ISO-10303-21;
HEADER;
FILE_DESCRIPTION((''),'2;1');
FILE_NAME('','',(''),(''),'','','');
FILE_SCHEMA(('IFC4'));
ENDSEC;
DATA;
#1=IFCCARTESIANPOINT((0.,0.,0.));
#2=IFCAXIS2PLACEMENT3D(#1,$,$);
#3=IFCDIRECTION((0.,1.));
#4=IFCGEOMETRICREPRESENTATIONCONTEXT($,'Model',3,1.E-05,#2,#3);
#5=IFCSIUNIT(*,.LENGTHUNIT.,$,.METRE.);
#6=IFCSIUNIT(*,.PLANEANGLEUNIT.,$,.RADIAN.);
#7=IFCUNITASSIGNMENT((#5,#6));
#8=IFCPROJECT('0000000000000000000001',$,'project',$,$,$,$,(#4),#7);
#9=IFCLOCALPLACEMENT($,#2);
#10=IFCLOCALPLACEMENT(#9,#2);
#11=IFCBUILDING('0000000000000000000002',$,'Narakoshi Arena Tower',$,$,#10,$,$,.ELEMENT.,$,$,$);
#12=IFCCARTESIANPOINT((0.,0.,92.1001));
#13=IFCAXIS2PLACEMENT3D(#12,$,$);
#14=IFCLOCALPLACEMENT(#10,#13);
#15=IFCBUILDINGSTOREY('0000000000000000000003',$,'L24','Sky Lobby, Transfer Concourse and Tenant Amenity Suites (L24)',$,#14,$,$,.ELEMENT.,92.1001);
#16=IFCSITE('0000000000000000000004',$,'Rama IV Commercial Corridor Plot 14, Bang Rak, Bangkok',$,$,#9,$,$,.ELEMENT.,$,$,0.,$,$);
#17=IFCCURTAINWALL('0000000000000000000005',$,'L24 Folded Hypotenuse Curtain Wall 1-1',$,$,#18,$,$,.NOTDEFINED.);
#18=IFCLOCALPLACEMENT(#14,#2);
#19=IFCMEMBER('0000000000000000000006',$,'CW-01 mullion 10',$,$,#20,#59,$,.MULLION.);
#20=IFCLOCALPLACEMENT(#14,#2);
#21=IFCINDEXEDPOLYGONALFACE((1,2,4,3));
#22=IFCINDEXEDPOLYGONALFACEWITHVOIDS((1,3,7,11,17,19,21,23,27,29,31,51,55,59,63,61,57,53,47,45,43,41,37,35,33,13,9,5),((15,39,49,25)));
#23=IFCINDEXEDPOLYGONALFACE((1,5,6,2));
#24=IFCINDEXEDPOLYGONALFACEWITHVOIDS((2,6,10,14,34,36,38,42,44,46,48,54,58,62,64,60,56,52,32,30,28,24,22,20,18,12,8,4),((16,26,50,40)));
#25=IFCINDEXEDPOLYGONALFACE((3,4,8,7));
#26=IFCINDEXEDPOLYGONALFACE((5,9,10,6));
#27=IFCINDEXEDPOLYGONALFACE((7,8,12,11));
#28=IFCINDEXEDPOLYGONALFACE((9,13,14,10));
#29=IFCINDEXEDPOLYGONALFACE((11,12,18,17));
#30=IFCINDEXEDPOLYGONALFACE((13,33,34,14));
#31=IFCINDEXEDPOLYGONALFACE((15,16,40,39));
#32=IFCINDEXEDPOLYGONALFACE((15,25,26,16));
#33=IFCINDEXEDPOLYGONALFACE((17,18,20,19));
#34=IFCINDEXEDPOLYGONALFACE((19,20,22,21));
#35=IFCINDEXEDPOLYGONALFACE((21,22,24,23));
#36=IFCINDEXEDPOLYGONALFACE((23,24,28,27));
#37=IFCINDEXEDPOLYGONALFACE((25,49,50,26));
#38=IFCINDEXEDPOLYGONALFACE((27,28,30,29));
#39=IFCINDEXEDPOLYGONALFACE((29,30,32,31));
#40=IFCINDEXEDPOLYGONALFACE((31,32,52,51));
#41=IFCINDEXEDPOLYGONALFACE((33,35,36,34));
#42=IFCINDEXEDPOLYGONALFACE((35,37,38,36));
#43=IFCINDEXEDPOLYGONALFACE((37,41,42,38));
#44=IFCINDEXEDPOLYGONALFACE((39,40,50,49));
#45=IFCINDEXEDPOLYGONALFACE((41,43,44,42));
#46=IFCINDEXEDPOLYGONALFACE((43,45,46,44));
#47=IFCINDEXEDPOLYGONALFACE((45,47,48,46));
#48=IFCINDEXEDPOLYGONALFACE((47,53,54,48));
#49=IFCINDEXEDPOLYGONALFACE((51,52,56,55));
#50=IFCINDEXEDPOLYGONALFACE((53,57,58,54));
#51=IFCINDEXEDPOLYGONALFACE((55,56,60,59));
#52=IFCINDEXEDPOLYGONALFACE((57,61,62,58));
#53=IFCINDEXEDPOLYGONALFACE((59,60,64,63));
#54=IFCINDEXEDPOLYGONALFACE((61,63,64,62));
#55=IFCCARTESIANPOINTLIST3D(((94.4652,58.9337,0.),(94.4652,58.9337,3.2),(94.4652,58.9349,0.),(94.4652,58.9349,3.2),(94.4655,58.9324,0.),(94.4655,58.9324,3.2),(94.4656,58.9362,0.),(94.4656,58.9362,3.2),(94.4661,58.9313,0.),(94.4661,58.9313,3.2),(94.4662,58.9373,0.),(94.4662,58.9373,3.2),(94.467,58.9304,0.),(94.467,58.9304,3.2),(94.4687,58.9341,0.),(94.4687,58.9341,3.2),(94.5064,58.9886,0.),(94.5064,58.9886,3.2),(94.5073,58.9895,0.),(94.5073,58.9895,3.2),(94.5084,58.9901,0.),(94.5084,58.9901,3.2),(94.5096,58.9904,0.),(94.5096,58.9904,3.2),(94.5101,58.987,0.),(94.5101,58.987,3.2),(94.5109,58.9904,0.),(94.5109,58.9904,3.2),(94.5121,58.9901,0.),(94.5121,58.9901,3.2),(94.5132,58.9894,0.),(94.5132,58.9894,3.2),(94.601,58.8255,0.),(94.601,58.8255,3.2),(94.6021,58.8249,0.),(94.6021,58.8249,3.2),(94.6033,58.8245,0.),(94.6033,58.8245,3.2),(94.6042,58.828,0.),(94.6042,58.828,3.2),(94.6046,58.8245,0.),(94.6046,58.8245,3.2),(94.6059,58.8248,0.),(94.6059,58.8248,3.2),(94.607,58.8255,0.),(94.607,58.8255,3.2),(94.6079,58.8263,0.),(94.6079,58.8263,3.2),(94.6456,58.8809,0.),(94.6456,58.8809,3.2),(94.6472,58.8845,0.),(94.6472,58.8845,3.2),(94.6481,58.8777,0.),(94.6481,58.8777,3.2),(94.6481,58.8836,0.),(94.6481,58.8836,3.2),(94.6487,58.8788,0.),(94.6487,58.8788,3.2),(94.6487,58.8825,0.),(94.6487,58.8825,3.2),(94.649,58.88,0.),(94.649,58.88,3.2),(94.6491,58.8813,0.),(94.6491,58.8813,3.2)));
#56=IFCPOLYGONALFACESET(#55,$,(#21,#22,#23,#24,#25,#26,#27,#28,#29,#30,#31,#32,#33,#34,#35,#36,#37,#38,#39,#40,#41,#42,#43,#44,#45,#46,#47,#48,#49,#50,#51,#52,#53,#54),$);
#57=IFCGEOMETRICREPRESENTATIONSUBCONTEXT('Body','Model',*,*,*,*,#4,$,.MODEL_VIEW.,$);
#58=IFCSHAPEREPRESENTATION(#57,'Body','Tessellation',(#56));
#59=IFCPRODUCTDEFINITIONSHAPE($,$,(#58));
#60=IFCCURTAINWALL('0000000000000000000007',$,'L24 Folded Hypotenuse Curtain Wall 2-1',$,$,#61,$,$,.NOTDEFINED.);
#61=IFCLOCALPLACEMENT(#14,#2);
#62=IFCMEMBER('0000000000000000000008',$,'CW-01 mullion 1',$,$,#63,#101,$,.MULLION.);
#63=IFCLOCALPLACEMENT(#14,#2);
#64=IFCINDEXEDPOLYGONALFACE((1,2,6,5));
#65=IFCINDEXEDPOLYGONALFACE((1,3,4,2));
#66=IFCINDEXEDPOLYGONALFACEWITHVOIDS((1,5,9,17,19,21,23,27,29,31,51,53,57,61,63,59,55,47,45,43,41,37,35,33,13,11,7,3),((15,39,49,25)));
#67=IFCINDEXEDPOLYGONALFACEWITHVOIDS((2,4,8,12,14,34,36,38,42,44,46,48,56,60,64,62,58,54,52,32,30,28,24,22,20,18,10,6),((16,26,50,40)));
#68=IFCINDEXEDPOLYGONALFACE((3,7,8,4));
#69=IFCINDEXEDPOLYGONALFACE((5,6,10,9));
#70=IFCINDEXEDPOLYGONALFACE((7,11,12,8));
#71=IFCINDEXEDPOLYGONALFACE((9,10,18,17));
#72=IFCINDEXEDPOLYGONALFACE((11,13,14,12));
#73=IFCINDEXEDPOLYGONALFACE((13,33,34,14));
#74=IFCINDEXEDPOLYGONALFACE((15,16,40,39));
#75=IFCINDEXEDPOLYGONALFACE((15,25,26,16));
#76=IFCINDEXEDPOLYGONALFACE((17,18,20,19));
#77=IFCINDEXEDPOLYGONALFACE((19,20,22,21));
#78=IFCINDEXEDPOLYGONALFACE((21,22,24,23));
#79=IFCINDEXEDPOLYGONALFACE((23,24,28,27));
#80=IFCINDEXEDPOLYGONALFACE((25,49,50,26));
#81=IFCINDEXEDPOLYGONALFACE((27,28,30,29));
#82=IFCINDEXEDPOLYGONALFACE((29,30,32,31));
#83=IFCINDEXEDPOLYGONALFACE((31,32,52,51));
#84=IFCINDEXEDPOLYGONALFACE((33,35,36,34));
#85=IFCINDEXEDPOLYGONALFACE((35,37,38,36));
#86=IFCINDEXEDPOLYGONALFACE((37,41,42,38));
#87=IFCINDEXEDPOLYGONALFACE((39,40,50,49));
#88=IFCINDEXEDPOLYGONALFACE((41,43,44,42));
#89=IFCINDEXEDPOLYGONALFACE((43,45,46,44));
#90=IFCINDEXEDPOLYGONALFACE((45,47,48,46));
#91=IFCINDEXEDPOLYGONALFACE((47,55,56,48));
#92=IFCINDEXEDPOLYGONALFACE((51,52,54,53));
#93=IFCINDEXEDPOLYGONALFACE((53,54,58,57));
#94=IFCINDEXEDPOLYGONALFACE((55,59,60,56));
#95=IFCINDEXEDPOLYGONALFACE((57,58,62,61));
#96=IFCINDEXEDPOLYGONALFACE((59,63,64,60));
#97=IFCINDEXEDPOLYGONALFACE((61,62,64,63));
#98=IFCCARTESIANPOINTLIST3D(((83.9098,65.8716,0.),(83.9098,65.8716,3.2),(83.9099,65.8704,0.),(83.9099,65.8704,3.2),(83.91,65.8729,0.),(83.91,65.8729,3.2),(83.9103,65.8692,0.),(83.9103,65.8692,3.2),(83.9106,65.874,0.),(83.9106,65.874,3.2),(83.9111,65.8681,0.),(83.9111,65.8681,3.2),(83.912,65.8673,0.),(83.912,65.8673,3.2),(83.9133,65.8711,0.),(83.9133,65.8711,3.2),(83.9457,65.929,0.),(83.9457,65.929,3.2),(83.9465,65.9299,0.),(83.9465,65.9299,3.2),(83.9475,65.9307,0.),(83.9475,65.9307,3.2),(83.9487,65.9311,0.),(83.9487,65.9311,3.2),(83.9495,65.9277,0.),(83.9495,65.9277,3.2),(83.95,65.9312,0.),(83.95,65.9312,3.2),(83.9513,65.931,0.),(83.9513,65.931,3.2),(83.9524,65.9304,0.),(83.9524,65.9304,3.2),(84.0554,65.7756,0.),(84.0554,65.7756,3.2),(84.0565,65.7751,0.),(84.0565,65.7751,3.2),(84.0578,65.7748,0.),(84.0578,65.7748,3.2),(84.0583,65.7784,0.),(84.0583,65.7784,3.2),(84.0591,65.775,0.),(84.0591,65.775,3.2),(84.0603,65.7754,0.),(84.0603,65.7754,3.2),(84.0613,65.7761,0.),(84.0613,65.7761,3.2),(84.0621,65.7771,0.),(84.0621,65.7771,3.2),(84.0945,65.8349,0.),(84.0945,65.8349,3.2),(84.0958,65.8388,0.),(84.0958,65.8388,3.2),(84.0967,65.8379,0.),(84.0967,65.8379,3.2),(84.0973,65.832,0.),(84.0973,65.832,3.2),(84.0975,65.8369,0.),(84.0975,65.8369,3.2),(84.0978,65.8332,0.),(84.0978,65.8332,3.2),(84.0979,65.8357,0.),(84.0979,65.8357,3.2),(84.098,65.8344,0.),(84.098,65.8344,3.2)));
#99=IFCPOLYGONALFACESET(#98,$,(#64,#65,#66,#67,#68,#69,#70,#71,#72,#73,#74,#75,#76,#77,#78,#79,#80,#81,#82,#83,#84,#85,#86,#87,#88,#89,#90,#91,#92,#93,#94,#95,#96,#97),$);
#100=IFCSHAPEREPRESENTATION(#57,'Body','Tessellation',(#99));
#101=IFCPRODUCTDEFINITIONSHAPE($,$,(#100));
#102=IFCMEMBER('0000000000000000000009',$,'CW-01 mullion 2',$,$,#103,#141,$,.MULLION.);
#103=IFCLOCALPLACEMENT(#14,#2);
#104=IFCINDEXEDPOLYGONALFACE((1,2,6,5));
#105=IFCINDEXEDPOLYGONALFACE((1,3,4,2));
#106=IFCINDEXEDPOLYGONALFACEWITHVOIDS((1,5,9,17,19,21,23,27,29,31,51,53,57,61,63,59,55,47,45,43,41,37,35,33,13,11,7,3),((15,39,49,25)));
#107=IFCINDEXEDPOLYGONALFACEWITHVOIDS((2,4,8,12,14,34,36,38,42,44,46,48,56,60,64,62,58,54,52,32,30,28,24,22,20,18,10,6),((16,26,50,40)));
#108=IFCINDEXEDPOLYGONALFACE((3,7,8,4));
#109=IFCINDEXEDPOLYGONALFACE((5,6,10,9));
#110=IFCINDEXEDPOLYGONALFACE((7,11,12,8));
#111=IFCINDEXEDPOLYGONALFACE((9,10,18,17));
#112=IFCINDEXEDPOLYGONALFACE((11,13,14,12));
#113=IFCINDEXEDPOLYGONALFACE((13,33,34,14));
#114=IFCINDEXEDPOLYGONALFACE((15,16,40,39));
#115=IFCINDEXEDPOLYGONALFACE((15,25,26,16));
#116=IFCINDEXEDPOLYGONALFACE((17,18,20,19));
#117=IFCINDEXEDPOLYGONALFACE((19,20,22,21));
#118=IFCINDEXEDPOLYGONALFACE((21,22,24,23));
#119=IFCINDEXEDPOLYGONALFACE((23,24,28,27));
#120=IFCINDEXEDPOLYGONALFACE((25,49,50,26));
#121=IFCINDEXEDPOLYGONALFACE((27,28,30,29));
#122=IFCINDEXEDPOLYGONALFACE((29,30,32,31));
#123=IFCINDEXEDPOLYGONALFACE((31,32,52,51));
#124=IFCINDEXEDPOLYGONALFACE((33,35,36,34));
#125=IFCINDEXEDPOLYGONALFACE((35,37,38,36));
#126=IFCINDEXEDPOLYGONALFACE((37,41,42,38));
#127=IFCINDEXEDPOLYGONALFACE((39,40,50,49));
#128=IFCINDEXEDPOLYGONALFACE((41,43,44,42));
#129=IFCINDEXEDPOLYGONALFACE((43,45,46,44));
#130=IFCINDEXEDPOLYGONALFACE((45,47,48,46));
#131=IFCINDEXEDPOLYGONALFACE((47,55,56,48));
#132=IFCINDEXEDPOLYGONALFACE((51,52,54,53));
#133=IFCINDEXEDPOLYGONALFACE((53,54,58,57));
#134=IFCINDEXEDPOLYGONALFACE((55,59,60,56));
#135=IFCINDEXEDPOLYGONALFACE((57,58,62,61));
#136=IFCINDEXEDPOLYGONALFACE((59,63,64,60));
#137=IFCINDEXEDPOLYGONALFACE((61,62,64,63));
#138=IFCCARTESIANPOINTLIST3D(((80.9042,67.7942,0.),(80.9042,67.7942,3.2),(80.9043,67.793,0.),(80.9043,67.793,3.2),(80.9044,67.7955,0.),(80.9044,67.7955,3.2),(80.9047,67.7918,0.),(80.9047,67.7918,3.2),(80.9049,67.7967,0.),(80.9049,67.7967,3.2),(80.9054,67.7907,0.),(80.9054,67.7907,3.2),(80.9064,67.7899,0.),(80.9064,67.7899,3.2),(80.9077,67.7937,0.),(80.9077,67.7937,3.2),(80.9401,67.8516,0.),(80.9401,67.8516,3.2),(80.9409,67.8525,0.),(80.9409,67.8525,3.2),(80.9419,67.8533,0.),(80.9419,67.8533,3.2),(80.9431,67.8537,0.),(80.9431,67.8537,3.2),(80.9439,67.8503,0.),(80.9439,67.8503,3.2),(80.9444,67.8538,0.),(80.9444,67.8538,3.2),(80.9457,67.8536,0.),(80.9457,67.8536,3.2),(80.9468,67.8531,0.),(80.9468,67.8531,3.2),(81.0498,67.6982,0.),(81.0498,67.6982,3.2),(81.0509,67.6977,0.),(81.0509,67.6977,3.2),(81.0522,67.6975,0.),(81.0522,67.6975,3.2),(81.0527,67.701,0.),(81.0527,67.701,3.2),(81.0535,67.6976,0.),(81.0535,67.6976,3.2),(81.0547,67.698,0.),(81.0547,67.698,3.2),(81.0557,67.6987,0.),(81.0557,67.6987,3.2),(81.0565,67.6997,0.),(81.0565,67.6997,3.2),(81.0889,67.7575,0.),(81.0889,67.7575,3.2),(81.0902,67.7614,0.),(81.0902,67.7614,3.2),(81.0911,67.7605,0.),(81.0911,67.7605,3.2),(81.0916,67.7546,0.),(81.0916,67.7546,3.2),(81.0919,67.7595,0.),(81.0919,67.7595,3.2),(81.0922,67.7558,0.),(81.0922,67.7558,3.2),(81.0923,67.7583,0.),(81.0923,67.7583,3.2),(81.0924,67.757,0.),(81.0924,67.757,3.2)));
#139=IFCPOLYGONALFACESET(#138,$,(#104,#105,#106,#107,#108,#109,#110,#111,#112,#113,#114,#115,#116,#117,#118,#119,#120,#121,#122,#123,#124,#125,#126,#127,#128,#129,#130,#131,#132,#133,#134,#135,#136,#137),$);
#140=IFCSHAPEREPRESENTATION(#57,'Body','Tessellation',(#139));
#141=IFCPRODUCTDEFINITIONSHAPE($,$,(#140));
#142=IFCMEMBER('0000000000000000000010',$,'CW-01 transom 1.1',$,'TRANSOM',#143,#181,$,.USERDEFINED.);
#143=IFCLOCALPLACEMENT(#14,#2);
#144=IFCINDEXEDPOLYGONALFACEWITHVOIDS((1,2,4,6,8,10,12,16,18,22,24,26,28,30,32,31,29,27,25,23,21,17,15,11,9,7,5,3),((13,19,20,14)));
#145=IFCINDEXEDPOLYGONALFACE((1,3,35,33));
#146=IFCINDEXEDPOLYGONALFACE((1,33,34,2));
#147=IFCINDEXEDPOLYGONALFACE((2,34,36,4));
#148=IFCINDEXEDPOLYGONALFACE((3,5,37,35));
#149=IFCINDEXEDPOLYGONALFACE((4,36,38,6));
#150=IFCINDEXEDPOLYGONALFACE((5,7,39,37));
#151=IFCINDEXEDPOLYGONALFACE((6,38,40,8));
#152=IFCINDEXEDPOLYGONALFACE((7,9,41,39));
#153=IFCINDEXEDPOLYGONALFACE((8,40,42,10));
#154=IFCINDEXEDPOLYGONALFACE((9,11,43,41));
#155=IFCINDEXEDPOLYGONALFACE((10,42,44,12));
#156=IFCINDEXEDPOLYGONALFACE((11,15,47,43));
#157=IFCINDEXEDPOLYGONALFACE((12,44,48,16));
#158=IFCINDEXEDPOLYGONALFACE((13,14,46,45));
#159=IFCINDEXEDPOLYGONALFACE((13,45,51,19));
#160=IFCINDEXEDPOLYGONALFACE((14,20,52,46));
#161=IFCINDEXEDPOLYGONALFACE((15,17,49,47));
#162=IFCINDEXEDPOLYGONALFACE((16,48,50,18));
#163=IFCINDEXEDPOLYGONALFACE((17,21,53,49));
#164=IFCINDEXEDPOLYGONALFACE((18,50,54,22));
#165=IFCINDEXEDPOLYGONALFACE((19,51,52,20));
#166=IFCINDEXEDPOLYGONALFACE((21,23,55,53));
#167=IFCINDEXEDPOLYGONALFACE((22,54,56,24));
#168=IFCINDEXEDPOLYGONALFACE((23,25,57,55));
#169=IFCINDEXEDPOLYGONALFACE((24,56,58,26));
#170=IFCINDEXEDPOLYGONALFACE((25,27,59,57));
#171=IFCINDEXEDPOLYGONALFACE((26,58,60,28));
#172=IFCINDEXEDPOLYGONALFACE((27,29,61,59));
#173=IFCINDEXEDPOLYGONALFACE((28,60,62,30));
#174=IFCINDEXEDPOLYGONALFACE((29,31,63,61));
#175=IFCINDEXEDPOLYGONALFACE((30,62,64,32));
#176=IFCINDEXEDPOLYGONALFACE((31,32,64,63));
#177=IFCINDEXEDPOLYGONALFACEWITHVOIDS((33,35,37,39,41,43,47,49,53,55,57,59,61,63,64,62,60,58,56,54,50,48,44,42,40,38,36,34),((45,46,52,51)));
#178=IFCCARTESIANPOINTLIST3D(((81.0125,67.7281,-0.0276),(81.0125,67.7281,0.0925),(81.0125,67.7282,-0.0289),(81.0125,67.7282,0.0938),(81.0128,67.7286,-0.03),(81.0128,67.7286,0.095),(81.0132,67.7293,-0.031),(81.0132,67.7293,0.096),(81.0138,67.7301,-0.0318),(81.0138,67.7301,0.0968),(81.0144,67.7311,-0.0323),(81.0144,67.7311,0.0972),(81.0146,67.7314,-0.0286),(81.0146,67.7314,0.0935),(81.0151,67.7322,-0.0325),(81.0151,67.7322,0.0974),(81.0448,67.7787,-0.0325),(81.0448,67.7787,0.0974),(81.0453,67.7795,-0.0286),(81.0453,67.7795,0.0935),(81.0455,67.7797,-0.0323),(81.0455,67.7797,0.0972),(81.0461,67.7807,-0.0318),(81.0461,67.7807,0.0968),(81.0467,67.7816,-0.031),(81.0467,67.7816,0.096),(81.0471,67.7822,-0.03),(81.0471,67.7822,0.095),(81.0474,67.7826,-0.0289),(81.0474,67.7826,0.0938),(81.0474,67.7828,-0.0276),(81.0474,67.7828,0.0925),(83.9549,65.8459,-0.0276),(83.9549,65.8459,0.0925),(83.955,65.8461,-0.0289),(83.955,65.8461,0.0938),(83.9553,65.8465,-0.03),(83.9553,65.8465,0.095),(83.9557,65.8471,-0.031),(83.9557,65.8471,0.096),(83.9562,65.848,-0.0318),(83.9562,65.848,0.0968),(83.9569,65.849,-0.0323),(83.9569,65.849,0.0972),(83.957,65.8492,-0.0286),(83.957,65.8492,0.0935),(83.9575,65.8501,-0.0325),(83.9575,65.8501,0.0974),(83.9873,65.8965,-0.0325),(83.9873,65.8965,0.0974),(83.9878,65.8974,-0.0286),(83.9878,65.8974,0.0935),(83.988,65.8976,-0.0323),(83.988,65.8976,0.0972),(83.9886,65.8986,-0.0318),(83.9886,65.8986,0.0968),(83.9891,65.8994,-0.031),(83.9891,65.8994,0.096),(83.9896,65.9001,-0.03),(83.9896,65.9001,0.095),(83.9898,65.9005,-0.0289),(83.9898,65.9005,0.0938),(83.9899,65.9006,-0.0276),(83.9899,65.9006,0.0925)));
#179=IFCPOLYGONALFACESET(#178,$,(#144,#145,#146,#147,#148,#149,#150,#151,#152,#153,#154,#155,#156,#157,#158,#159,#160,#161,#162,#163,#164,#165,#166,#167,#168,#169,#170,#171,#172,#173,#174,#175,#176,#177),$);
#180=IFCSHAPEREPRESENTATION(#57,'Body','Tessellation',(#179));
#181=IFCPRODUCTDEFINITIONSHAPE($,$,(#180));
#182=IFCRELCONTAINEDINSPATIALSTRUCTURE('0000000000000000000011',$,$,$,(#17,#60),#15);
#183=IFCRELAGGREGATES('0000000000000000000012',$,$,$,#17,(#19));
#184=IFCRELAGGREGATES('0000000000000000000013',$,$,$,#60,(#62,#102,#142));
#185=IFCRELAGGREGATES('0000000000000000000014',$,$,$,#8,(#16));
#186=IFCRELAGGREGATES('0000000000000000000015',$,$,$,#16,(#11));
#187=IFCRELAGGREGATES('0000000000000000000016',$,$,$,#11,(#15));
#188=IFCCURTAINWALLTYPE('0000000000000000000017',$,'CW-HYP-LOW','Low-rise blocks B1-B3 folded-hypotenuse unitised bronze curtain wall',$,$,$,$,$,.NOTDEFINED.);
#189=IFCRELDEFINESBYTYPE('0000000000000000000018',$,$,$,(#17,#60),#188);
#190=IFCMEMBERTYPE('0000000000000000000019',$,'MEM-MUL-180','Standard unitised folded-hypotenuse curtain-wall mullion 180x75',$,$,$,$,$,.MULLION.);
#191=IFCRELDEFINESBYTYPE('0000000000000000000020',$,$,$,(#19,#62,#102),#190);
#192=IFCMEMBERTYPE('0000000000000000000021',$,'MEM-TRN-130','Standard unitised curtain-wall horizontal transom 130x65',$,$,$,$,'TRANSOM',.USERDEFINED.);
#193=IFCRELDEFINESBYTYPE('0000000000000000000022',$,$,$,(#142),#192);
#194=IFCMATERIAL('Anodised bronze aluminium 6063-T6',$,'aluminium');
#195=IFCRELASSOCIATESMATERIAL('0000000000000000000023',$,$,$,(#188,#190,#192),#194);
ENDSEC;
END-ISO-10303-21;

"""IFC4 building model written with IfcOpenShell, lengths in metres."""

from ifc_helpers import new_model, si_unit, direction, frame, origin, origin_2d, place, context, subcontext, project, spatial, hollow_rectangle, extrude, material, material_profile, profile_set, type_object, element, aggregate, save


model = new_model("IFC4")

# Units and contexts
model_context = context("Model", 3, precision=1e-05, world=origin(), true_north=direction((0.0, 1.0)))
body_context = subcontext(model_context, "Body", "Model", "MODEL_VIEW")
ifc_project = project(units=[si_unit("LENGTHUNIT", "METRE"), si_unit("PLANEANGLEUNIT", "RADIAN")], contexts=[model_context])

# Site, building, storey
site_placement = place(None, origin())
site = spatial("IfcSite", under=ifc_project, at=site_placement, Name="Rama IV Commercial Corridor Plot 14, Bang Rak, Bangkok", CompositionType="ELEMENT", RefElevation=0.0)
building_placement = place(site_placement, origin())
building = spatial("IfcBuilding", under=site, at=building_placement, Name="Narakoshi Arena Tower", CompositionType="ELEMENT")
storey_placement = place(building_placement, frame((0.0, 0.0, 92.1001)))
storey = spatial("IfcBuildingStorey", under=building, at=storey_placement, Name="L24", Description="Sky Lobby, Transfer Concourse and Tenant Amenity Suites (L24)", CompositionType="ELEMENT", Elevation=92.1001)

# Curtain wall, member
ifc_material_1 = material(Name="Anodised bronze aluminium 6063-T6", Category="aluminium")
curtain_wall_type = type_object("IfcCurtainWallType", Name="CW-HYP-LOW", Description="Low-rise blocks B1-B3 folded-hypotenuse unitised bronze curtain wall", PredefinedType="NOTDEFINED", material=ifc_material_1)
curtain_wall_1_placement = place(storey_placement, origin())
curtain_wall_1 = element("IfcCurtainWall", 1, at=curtain_wall_1_placement, inside=storey, type_object=curtain_wall_type, Name="L24 Folded Hypotenuse Curtain Wall 1-1", PredefinedType="NOTDEFINED")
ifc_material_profile_1 = material_profile(ifc_material_1, hollow_rectangle(XDim=0.075, YDim=0.1799, WallThickness=0.0039, OuterFilletRadius=0.0049, at=origin_2d()), Name="MUL180x75x4")
ifc_profile_set_1 = profile_set([ifc_material_profile_1], Name="Anodised bronze aluminium 6063-T6")
member_type_1 = type_object("IfcMemberType", Name="MEM-MUL-180", Description="Standard unitised folded-hypotenuse curtain-wall mullion 180x75", PredefinedType="MULLION", material=ifc_profile_set_1)
member_1_placement = place(storey_placement, frame((94.5571, 58.9075, 0.0), z_axis=(0.0, 0.0, 1.0), x_axis=(-0.616457, -0.787389, 0.0)))
member_1 = element("IfcMember", 2, at=member_1_placement, type_object=member_type_1, Name="CW-01 mullion 10", PredefinedType="MULLION", context=body_context, shape_type="SweptSolid", body=[
    extrude(hollow_rectangle(XDim=0.075, YDim=0.1799, WallThickness=0.0039, OuterFilletRadius=0.0049, at=origin_2d()), origin(), (0.0, 0.0, 1.0), 3.2),
])
aggregate(curtain_wall_1, [member_1])

# Curtain wall, members
curtain_wall_2_placement = place(storey_placement, origin())
curtain_wall_2 = element("IfcCurtainWall", 3, at=curtain_wall_2_placement, inside=storey, type_object=curtain_wall_type, Name="L24 Folded Hypotenuse Curtain Wall 2-1", PredefinedType="NOTDEFINED")
member_2_placement = place(storey_placement, frame((84.0039, 65.853, 0.0), z_axis=(0.0, 0.0, 1.0), x_axis=(-0.538831, -0.842414, 0.0)))
member_2 = element("IfcMember", 4, at=member_2_placement, type_object=member_type_1, Name="CW-01 mullion 1", PredefinedType="MULLION", context=body_context, shape_type="SweptSolid", body=[
    extrude(hollow_rectangle(XDim=0.075, YDim=0.1799, WallThickness=0.0039, OuterFilletRadius=0.0049, at=origin_2d()), origin(), (0.0, 0.0, 1.0), 3.2),
])
member_3_placement = place(storey_placement, frame((80.9983, 67.7756, 0.0), z_axis=(0.0, 0.0, 1.0), x_axis=(-0.538831, -0.842414, 0.0)))
member_3 = element("IfcMember", 5, at=member_3_placement, type_object=member_type_1, Name="CW-01 mullion 2", PredefinedType="MULLION", context=body_context, shape_type="SweptSolid", body=[
    extrude(hollow_rectangle(XDim=0.075, YDim=0.1799, WallThickness=0.0039, OuterFilletRadius=0.0049, at=origin_2d()), origin(), (0.0, 0.0, 1.0), 3.2),
])
ifc_material_profile_2 = material_profile(ifc_material_1, hollow_rectangle(XDim=0.0649, YDim=0.1299, WallThickness=0.0039, OuterFilletRadius=0.0049, at=origin_2d()), Name="TRN130x65x4")
ifc_profile_set_2 = profile_set([ifc_material_profile_2], Name="Anodised bronze aluminium 6063-T6")
member_type_2 = type_object("IfcMemberType", Name="MEM-TRN-130", Description="Standard unitised curtain-wall horizontal transom 130x65", ElementType="TRANSOM", PredefinedType="USERDEFINED", material=ifc_profile_set_2)
member_4_placement = place(storey_placement, frame((83.9724, 65.8733, 0.0325), z_axis=(-0.842407, 0.538841, 0.0), x_axis=(-0.538841, -0.842407, 0.0)))
member_4 = element("IfcMember", 6, at=member_4_placement, type_object=member_type_2, Name="CW-01 transom 1.1", ObjectType="TRANSOM", PredefinedType="USERDEFINED", context=body_context, shape_type="SweptSolid", body=[
    extrude(hollow_rectangle(XDim=0.0649, YDim=0.1299, WallThickness=0.0039, OuterFilletRadius=0.0049, at=origin_2d()), origin(), (0.0, 0.0, 1.0), 3.4929),
])
aggregate(curtain_wall_2, [member_2, member_3, member_4])

save(model, "model.ifc")
